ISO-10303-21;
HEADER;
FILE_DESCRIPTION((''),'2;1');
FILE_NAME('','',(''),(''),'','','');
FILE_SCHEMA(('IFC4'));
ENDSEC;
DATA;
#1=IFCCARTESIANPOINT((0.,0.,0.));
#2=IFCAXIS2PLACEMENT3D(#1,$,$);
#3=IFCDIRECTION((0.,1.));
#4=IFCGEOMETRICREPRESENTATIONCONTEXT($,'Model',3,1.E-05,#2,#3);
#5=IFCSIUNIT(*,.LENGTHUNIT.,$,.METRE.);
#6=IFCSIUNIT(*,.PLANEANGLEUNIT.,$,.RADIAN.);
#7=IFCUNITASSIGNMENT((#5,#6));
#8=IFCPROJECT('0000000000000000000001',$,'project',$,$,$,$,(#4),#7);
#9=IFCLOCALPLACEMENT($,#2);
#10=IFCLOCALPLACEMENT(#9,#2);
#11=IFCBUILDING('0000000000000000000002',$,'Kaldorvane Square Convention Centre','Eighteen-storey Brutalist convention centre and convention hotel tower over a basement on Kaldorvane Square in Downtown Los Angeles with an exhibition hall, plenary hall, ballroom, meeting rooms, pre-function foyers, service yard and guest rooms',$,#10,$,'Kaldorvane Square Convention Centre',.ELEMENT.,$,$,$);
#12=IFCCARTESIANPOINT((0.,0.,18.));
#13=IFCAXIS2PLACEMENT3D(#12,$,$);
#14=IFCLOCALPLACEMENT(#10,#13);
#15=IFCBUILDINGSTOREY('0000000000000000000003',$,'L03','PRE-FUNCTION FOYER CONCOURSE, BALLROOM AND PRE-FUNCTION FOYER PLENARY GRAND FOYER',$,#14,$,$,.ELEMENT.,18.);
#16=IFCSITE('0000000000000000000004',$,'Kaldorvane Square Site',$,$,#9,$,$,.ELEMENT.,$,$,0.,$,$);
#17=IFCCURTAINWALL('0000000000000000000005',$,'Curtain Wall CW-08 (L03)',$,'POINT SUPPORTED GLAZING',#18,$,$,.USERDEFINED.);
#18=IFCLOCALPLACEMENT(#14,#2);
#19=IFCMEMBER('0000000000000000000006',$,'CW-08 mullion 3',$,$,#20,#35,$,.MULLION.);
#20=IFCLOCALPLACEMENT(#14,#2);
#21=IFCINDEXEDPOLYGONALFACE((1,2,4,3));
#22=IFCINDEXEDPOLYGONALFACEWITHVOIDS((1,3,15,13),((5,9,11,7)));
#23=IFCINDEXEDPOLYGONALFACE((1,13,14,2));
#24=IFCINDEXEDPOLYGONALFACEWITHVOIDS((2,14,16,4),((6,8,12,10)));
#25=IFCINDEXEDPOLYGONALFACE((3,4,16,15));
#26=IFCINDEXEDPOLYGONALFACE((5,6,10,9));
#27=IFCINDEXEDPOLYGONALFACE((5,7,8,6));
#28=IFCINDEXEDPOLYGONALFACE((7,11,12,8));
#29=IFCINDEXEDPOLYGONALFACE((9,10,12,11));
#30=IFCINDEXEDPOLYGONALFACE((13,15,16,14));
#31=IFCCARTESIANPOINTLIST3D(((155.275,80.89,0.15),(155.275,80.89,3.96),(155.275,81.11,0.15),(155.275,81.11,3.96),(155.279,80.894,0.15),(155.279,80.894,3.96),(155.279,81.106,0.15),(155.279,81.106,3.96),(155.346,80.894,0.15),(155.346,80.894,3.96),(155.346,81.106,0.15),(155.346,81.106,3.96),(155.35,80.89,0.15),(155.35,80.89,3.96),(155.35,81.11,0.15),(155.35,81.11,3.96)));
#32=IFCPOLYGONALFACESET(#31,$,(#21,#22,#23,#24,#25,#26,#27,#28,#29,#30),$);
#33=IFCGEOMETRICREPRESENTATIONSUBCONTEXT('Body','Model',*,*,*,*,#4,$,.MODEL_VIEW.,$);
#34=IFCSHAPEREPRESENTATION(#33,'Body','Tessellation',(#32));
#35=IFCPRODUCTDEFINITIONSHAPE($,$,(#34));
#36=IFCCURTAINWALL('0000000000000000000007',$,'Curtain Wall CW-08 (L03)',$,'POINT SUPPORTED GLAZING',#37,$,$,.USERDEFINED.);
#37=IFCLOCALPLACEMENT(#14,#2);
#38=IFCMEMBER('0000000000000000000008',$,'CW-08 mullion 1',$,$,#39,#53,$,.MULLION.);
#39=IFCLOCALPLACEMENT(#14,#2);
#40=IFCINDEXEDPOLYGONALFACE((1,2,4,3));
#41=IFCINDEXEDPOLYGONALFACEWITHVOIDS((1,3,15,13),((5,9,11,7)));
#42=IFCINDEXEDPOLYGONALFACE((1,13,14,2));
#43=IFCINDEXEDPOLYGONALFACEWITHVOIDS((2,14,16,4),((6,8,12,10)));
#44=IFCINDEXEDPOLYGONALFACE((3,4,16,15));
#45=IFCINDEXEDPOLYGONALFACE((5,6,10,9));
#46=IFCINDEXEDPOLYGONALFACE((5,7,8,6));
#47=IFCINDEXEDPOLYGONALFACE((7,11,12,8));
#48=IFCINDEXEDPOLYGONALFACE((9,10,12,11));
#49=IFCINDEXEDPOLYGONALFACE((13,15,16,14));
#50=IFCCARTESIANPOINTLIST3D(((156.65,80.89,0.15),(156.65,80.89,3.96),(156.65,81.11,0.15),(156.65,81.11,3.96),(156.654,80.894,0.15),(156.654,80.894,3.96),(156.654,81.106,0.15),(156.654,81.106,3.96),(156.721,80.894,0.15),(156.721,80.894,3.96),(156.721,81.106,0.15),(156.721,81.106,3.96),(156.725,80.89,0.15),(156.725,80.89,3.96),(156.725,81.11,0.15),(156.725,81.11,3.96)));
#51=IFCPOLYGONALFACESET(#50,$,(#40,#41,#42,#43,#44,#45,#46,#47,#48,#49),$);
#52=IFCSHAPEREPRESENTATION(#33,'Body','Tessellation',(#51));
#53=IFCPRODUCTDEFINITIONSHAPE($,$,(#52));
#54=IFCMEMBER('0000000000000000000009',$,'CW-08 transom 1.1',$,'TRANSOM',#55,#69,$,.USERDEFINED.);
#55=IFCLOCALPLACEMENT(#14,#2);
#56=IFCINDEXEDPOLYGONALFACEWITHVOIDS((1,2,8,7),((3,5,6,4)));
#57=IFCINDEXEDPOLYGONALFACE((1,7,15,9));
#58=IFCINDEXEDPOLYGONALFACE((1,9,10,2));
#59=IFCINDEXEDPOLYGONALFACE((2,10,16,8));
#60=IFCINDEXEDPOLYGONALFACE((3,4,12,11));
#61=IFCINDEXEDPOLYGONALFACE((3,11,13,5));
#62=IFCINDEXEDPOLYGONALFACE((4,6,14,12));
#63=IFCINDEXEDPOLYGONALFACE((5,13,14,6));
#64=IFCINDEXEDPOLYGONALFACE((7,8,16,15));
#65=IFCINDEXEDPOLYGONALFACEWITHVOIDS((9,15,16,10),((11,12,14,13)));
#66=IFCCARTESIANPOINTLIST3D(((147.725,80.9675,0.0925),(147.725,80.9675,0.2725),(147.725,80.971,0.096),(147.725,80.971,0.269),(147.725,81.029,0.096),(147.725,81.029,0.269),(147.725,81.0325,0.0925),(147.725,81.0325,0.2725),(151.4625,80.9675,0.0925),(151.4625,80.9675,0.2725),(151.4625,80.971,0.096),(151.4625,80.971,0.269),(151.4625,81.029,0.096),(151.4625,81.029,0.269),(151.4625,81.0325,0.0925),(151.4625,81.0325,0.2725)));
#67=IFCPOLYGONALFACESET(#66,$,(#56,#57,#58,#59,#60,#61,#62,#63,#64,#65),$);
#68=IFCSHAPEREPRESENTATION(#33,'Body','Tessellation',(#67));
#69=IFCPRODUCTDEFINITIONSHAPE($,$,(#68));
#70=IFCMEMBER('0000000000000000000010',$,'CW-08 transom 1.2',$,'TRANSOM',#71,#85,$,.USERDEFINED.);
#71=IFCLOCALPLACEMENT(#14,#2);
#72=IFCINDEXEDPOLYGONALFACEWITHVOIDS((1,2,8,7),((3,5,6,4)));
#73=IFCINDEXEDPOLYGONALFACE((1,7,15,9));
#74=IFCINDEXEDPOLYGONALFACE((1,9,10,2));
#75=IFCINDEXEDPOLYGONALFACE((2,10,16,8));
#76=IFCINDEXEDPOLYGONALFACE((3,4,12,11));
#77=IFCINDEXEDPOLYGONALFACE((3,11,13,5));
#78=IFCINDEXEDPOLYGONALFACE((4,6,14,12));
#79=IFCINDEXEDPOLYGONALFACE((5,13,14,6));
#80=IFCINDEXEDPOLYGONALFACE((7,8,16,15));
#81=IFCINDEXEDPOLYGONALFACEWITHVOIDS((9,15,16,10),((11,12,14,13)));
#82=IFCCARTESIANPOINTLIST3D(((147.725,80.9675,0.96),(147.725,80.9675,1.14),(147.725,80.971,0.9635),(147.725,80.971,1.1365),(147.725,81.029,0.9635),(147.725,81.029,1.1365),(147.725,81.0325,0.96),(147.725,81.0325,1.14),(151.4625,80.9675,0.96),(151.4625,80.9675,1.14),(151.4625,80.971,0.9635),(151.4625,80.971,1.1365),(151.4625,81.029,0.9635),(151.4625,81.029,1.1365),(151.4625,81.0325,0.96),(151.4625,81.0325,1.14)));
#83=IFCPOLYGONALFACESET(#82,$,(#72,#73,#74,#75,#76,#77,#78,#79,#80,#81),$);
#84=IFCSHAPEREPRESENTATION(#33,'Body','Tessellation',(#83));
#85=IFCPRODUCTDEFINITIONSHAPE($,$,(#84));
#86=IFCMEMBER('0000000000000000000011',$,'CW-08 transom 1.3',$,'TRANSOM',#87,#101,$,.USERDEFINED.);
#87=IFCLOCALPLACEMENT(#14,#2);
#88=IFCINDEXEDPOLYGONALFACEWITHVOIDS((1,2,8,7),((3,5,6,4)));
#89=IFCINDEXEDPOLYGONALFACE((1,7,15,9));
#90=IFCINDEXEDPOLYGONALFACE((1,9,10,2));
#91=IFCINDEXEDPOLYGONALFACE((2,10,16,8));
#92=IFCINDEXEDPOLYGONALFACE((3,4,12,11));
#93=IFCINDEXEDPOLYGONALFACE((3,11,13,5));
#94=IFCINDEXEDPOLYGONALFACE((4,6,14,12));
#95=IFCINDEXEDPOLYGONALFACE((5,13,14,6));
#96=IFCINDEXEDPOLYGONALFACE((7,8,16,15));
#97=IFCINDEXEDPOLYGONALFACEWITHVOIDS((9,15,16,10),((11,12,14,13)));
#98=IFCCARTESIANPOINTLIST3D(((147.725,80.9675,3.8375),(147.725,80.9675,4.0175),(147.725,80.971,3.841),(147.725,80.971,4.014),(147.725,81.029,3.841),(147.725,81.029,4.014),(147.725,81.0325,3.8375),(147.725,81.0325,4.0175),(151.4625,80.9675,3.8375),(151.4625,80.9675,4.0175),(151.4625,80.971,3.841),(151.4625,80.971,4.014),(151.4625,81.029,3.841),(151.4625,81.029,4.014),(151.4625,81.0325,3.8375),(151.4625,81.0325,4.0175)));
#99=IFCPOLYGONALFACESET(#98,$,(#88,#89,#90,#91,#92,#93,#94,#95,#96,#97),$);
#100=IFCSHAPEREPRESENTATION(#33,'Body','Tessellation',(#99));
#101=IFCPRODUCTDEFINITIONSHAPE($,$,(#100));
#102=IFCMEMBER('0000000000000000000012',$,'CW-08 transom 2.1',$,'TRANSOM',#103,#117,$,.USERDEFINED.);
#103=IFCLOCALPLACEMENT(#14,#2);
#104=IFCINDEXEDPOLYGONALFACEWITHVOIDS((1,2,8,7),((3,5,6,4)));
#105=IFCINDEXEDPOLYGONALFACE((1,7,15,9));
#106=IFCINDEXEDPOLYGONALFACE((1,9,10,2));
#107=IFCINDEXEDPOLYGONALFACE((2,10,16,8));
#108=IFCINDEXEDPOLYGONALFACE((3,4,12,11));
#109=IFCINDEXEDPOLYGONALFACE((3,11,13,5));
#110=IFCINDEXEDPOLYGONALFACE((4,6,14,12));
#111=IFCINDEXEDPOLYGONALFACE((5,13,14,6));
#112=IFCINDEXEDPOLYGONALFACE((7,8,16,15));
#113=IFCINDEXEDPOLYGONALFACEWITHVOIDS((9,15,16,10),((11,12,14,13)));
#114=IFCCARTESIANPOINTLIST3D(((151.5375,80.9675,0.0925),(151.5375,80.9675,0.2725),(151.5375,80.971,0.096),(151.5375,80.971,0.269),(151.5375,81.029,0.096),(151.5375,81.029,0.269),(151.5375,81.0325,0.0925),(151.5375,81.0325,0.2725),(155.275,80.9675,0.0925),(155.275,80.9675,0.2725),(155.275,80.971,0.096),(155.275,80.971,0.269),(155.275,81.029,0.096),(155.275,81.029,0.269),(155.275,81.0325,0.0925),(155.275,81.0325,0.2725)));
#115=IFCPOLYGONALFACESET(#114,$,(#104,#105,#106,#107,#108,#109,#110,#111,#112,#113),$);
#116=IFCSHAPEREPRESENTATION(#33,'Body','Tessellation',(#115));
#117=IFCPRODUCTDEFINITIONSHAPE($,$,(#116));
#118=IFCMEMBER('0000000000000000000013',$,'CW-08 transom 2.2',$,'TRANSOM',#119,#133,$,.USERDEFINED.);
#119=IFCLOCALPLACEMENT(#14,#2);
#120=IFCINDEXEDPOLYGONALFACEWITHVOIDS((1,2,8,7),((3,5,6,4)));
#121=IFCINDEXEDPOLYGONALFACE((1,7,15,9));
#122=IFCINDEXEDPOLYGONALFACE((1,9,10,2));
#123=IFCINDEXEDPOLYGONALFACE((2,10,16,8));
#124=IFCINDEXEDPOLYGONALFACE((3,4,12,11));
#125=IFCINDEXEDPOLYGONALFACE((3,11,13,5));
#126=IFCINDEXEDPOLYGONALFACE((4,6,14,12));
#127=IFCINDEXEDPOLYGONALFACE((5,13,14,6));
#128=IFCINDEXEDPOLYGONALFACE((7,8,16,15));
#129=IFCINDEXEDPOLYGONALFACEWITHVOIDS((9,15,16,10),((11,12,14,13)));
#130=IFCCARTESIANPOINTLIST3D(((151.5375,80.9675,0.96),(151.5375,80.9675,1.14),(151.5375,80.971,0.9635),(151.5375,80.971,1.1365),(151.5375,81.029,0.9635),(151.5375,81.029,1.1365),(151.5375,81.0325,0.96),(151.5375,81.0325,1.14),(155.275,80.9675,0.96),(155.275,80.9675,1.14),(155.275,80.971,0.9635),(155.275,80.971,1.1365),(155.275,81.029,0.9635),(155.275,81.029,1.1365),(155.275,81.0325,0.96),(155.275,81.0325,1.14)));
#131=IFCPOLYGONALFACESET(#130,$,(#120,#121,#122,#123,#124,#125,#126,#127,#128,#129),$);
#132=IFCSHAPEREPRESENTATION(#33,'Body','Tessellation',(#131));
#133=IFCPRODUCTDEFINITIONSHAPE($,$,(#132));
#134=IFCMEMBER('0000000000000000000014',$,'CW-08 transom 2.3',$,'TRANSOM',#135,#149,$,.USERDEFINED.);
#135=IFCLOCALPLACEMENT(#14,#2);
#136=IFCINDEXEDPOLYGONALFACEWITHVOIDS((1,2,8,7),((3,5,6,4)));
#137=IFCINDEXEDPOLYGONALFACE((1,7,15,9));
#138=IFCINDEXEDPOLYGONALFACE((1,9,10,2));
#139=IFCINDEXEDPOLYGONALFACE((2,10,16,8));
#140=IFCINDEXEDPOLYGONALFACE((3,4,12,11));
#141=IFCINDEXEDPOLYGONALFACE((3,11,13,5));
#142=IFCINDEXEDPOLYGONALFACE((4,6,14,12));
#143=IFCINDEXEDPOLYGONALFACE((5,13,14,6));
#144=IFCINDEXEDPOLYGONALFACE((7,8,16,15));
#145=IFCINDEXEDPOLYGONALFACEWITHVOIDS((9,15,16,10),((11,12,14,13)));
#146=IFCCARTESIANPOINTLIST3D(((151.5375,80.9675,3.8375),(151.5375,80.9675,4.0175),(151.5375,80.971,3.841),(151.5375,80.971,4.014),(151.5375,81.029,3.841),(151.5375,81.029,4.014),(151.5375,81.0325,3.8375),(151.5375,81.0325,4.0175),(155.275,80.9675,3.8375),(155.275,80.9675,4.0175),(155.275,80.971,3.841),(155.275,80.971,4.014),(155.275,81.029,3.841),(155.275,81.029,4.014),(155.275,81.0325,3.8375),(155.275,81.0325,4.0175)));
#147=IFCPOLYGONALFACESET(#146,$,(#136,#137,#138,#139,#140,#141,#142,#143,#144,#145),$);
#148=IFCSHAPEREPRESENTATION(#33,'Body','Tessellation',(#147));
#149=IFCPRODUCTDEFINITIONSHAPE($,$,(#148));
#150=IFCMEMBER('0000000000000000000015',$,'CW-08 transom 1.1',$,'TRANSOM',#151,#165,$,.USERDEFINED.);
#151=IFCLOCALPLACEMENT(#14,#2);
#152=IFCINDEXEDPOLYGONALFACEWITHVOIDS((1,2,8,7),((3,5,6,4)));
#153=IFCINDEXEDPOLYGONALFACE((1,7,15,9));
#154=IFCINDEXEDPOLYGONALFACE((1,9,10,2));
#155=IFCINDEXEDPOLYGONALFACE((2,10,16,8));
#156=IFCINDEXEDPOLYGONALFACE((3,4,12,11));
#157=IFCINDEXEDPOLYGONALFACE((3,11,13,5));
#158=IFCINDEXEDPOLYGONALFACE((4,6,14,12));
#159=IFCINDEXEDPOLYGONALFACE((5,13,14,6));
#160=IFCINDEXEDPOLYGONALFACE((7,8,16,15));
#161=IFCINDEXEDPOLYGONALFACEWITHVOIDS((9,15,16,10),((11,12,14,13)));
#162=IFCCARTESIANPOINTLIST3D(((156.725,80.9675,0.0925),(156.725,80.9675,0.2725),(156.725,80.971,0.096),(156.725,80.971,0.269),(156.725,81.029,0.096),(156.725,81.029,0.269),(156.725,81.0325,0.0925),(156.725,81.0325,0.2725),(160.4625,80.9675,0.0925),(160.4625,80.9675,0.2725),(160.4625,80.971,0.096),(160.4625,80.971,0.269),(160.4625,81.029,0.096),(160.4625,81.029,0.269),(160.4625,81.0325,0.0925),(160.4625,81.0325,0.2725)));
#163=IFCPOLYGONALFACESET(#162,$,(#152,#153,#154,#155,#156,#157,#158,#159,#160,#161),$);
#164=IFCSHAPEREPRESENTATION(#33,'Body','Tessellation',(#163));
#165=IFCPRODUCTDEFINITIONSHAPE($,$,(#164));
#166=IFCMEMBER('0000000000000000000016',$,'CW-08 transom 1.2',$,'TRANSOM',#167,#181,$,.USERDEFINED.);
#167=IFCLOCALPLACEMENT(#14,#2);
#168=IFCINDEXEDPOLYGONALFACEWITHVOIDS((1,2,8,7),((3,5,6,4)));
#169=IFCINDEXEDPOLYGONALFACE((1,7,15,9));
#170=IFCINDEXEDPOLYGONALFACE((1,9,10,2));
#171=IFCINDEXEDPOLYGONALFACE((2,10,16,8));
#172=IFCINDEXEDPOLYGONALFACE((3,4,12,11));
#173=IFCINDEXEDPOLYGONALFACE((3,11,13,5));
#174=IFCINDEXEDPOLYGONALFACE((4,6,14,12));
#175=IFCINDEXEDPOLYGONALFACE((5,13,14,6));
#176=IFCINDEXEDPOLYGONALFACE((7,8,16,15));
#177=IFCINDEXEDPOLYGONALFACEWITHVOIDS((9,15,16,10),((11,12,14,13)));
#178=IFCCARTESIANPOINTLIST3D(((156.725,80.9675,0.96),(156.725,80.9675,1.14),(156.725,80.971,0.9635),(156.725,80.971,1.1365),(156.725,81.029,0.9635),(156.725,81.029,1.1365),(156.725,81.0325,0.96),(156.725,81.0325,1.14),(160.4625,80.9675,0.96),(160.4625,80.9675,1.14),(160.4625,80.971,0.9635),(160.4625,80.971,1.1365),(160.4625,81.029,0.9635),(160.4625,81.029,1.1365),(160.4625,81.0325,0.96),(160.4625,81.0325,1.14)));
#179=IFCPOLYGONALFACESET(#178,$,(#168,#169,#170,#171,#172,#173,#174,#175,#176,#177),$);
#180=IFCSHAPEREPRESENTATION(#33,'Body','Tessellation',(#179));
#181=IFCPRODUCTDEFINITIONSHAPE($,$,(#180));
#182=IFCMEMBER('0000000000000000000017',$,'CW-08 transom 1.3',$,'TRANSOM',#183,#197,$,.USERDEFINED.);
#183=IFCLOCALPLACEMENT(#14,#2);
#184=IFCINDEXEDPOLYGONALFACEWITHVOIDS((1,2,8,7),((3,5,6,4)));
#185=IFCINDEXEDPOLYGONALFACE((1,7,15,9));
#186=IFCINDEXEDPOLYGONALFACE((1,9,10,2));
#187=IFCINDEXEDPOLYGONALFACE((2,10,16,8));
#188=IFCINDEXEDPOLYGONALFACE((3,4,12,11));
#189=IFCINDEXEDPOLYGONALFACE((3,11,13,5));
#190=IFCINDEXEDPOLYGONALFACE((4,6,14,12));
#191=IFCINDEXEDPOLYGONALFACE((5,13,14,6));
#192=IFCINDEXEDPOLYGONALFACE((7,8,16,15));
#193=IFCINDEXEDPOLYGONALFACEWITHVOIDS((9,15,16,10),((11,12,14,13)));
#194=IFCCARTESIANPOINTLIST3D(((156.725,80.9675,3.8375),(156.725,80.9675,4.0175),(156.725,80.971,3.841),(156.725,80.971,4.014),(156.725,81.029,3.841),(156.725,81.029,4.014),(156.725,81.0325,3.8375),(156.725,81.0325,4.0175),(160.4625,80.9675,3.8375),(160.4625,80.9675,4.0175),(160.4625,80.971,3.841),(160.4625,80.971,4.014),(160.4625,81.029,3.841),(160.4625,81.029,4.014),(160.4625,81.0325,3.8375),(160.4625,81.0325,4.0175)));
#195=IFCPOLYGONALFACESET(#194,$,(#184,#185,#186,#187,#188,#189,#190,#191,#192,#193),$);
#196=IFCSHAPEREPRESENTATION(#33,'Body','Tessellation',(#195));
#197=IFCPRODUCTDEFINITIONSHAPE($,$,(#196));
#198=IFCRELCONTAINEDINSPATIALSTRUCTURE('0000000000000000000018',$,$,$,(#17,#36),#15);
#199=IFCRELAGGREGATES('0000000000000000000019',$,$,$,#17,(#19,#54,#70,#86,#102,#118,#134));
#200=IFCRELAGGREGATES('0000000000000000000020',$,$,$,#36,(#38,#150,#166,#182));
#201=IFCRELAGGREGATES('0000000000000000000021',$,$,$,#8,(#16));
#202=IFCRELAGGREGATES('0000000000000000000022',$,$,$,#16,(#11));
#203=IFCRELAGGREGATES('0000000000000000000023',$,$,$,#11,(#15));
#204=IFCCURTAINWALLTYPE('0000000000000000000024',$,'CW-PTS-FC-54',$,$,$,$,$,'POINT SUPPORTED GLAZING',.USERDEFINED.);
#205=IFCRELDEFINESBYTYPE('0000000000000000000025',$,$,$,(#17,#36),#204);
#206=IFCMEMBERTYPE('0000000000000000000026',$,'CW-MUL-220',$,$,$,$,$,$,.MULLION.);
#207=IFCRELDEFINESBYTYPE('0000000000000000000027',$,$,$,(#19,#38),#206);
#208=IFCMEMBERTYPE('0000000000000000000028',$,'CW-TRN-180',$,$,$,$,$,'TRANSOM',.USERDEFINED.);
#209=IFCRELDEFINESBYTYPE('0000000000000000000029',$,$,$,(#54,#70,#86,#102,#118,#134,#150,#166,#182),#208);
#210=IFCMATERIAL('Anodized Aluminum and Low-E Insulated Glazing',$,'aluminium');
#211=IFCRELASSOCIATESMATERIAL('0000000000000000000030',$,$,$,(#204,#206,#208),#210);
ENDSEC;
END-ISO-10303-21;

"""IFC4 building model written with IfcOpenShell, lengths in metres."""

from ifc_helpers import new_model, si_unit, direction, frame, origin, origin_2d, place, context, subcontext, project, spatial, hollow_rectangle, extrude, material, material_profile, profile_set, type_object, element, aggregate, save


model = new_model("IFC4")

# Units and contexts
model_context = context("Model", 3, precision=1e-05, world=origin(), true_north=direction((0.0, 1.0)))
body_context = subcontext(model_context, "Body", "Model", "MODEL_VIEW")
ifc_project = project(units=[si_unit("LENGTHUNIT", "METRE"), si_unit("PLANEANGLEUNIT", "RADIAN")], contexts=[model_context])

# Site, building, storey
site_placement = place(None, origin())
site = spatial("IfcSite", under=ifc_project, at=site_placement, Name="Kaldorvane Square Site", CompositionType="ELEMENT", RefElevation=0.0)
building_placement = place(site_placement, origin())
building = spatial("IfcBuilding", under=site, at=building_placement, Name="Kaldorvane Square Convention Centre", Description="Eighteen-storey Brutalist convention centre and convention hotel tower over a basement on Kaldorvane Square in Downtown Los Angeles with an exhibition hall, plenary hall, ballroom, meeting rooms, pre-function foyers, service yard and guest rooms", LongName="Kaldorvane Square Convention Centre", CompositionType="ELEMENT")
storey_placement = place(building_placement, frame((0.0, 0.0, 18.0)))
storey = spatial("IfcBuildingStorey", under=building, at=storey_placement, Name="L03", Description="PRE-FUNCTION FOYER CONCOURSE, BALLROOM AND PRE-FUNCTION FOYER PLENARY GRAND FOYER", CompositionType="ELEMENT", Elevation=18.0)

# Curtain wall, member
ifc_material_1 = material(Name="Anodized Aluminum and Low-E Insulated Glazing", Category="aluminium")
curtain_wall_type = type_object("IfcCurtainWallType", Name="CW-PTS-FC-54", ElementType="POINT SUPPORTED GLAZING", PredefinedType="USERDEFINED", material=ifc_material_1)
curtain_wall_1_placement = place(storey_placement, origin())
curtain_wall_1 = element("IfcCurtainWall", 1, at=curtain_wall_1_placement, inside=storey, type_object=curtain_wall_type, Name="Curtain Wall CW-08 (L03)", ObjectType="POINT SUPPORTED GLAZING", PredefinedType="USERDEFINED")
ifc_material_profile_1 = material_profile(ifc_material_1, hollow_rectangle(XDim=0.075, YDim=0.22, WallThickness=0.004, at=origin_2d()), Name="CWM-220X75")
ifc_profile_set_1 = profile_set([ifc_material_profile_1], Name="Anodized Aluminum and Low-E Insulated Glazing")
member_type_1 = type_object("IfcMemberType", Name="CW-MUL-220", PredefinedType="MULLION", material=ifc_profile_set_1)
member_1_placement = place(storey_placement, frame((155.3125, 81.0, 0.15), z_axis=(0.0, 0.0, 1.0), x_axis=(1.0, 0.0, 0.0)))
member_1 = element("IfcMember", 2, at=member_1_placement, type_object=member_type_1, Name="CW-08 mullion 3", PredefinedType="MULLION", context=body_context, shape_type="SweptSolid", body=[
    extrude(hollow_rectangle(XDim=0.075, YDim=0.22, WallThickness=0.004, at=origin_2d()), origin(), (0.0, 0.0, 1.0), 3.81),
])

# Curtain wall, member
curtain_wall_2_placement = place(storey_placement, origin())
curtain_wall_2 = element("IfcCurtainWall", 3, at=curtain_wall_2_placement, inside=storey, type_object=curtain_wall_type, Name="Curtain Wall CW-08 (L03)", ObjectType="POINT SUPPORTED GLAZING", PredefinedType="USERDEFINED")
member_2_placement = place(storey_placement, frame((156.6875, 81.0, 0.15), z_axis=(0.0, 0.0, 1.0), x_axis=(1.0, 0.0, 0.0)))
member_2 = element("IfcMember", 4, at=member_2_placement, type_object=member_type_1, Name="CW-08 mullion 1", PredefinedType="MULLION", context=body_context, shape_type="SweptSolid", body=[
    extrude(hollow_rectangle(XDim=0.075, YDim=0.22, WallThickness=0.004, at=origin_2d()), origin(), (0.0, 0.0, 1.0), 3.81),
])

# Members
ifc_material_profile_2 = material_profile(ifc_material_1, hollow_rectangle(XDim=0.065, YDim=0.18, WallThickness=0.0035, at=origin_2d()), Name="CWT-180X65")
ifc_profile_set_2 = profile_set([ifc_material_profile_2], Name="Anodized Aluminum and Low-E Insulated Glazing")
member_type_2 = type_object("IfcMemberType", Name="CW-TRN-180", ElementType="TRANSOM", PredefinedType="USERDEFINED", material=ifc_profile_set_2)
member_3_placement = place(storey_placement, frame((147.725, 81.0, 0.1825), z_axis=(1.0, 0.0, 0.0), x_axis=(0.0, 1.0, 0.0)))
member_3 = element("IfcMember", 5, at=member_3_placement, type_object=member_type_2, Name="CW-08 transom 1.1", ObjectType="TRANSOM", PredefinedType="USERDEFINED", context=body_context, shape_type="SweptSolid", body=[
    extrude(hollow_rectangle(XDim=0.065, YDim=0.18, WallThickness=0.0035, at=origin_2d()), origin(), (0.0, 0.0, 1.0), 3.7375),
])
member_4_placement = place(storey_placement, frame((147.725, 81.0, 1.05), z_axis=(1.0, 0.0, 0.0), x_axis=(0.0, 1.0, 0.0)))
member_4 = element("IfcMember", 6, at=member_4_placement, type_object=member_type_2, Name="CW-08 transom 1.2", ObjectType="TRANSOM", PredefinedType="USERDEFINED", context=body_context, shape_type="SweptSolid", body=[
    extrude(hollow_rectangle(XDim=0.065, YDim=0.18, WallThickness=0.0035, at=origin_2d()), origin(), (0.0, 0.0, 1.0), 3.7375),
])
member_5_placement = place(storey_placement, frame((147.725, 81.0, 3.9275), z_axis=(1.0, 0.0, 0.0), x_axis=(0.0, 1.0, 0.0)))
member_5 = element("IfcMember", 7, at=member_5_placement, type_object=member_type_2, Name="CW-08 transom 1.3", ObjectType="TRANSOM", PredefinedType="USERDEFINED", context=body_context, shape_type="SweptSolid", body=[
    extrude(hollow_rectangle(XDim=0.065, YDim=0.18, WallThickness=0.0035, at=origin_2d()), origin(), (0.0, 0.0, 1.0), 3.7375),
])
member_6_placement = place(storey_placement, frame((151.5375, 81.0, 0.1825), z_axis=(1.0, 0.0, 0.0), x_axis=(0.0, 1.0, 0.0)))
member_6 = element("IfcMember", 8, at=member_6_placement, type_object=member_type_2, Name="CW-08 transom 2.1", ObjectType="TRANSOM", PredefinedType="USERDEFINED", context=body_context, shape_type="SweptSolid", body=[
    extrude(hollow_rectangle(XDim=0.065, YDim=0.18, WallThickness=0.0035, at=origin_2d()), origin(), (0.0, 0.0, 1.0), 3.7375),
])
member_7_placement = place(storey_placement, frame((151.5375, 81.0, 1.05), z_axis=(1.0, 0.0, 0.0), x_axis=(0.0, 1.0, 0.0)))
member_7 = element("IfcMember", 9, at=member_7_placement, type_object=member_type_2, Name="CW-08 transom 2.2", ObjectType="TRANSOM", PredefinedType="USERDEFINED", context=body_context, shape_type="SweptSolid", body=[
    extrude(hollow_rectangle(XDim=0.065, YDim=0.18, WallThickness=0.0035, at=origin_2d()), origin(), (0.0, 0.0, 1.0), 3.7375),
])
member_8_placement = place(storey_placement, frame((151.5375, 81.0, 3.9275), z_axis=(1.0, 0.0, 0.0), x_axis=(0.0, 1.0, 0.0)))
member_8 = element("IfcMember", 10, at=member_8_placement, type_object=member_type_2, Name="CW-08 transom 2.3", ObjectType="TRANSOM", PredefinedType="USERDEFINED", context=body_context, shape_type="SweptSolid", body=[
    extrude(hollow_rectangle(XDim=0.065, YDim=0.18, WallThickness=0.0035, at=origin_2d()), origin(), (0.0, 0.0, 1.0), 3.7375),
])
member_9_placement = place(storey_placement, frame((156.725, 81.0, 0.1825), z_axis=(1.0, 0.0, 0.0), x_axis=(0.0, 1.0, 0.0)))
member_9 = element("IfcMember", 11, at=member_9_placement, type_object=member_type_2, Name="CW-08 transom 1.1", ObjectType="TRANSOM", PredefinedType="USERDEFINED", context=body_context, shape_type="SweptSolid", body=[
    extrude(hollow_rectangle(XDim=0.065, YDim=0.18, WallThickness=0.0035, at=origin_2d()), origin(), (0.0, 0.0, 1.0), 3.7375),
])
member_10_placement = place(storey_placement, frame((156.725, 81.0, 1.05), z_axis=(1.0, 0.0, 0.0), x_axis=(0.0, 1.0, 0.0)))
member_10 = element("IfcMember", 12, at=member_10_placement, type_object=member_type_2, Name="CW-08 transom 1.2", ObjectType="TRANSOM", PredefinedType="USERDEFINED", context=body_context, shape_type="SweptSolid", body=[
    extrude(hollow_rectangle(XDim=0.065, YDim=0.18, WallThickness=0.0035, at=origin_2d()), origin(), (0.0, 0.0, 1.0), 3.7375),
])
member_11_placement = place(storey_placement, frame((156.725, 81.0, 3.9275), z_axis=(1.0, 0.0, 0.0), x_axis=(0.0, 1.0, 0.0)))
member_11 = element("IfcMember", 13, at=member_11_placement, type_object=member_type_2, Name="CW-08 transom 1.3", ObjectType="TRANSOM", PredefinedType="USERDEFINED", context=body_context, shape_type="SweptSolid", body=[
    extrude(hollow_rectangle(XDim=0.065, YDim=0.18, WallThickness=0.0035, at=origin_2d()), origin(), (0.0, 0.0, 1.0), 3.7375),
])

aggregate(curtain_wall_1, [member_1, member_3, member_4, member_5, member_6, member_7, member_8])
aggregate(curtain_wall_2, [member_2, member_9, member_10, member_11])

save(model, "model.ifc")
